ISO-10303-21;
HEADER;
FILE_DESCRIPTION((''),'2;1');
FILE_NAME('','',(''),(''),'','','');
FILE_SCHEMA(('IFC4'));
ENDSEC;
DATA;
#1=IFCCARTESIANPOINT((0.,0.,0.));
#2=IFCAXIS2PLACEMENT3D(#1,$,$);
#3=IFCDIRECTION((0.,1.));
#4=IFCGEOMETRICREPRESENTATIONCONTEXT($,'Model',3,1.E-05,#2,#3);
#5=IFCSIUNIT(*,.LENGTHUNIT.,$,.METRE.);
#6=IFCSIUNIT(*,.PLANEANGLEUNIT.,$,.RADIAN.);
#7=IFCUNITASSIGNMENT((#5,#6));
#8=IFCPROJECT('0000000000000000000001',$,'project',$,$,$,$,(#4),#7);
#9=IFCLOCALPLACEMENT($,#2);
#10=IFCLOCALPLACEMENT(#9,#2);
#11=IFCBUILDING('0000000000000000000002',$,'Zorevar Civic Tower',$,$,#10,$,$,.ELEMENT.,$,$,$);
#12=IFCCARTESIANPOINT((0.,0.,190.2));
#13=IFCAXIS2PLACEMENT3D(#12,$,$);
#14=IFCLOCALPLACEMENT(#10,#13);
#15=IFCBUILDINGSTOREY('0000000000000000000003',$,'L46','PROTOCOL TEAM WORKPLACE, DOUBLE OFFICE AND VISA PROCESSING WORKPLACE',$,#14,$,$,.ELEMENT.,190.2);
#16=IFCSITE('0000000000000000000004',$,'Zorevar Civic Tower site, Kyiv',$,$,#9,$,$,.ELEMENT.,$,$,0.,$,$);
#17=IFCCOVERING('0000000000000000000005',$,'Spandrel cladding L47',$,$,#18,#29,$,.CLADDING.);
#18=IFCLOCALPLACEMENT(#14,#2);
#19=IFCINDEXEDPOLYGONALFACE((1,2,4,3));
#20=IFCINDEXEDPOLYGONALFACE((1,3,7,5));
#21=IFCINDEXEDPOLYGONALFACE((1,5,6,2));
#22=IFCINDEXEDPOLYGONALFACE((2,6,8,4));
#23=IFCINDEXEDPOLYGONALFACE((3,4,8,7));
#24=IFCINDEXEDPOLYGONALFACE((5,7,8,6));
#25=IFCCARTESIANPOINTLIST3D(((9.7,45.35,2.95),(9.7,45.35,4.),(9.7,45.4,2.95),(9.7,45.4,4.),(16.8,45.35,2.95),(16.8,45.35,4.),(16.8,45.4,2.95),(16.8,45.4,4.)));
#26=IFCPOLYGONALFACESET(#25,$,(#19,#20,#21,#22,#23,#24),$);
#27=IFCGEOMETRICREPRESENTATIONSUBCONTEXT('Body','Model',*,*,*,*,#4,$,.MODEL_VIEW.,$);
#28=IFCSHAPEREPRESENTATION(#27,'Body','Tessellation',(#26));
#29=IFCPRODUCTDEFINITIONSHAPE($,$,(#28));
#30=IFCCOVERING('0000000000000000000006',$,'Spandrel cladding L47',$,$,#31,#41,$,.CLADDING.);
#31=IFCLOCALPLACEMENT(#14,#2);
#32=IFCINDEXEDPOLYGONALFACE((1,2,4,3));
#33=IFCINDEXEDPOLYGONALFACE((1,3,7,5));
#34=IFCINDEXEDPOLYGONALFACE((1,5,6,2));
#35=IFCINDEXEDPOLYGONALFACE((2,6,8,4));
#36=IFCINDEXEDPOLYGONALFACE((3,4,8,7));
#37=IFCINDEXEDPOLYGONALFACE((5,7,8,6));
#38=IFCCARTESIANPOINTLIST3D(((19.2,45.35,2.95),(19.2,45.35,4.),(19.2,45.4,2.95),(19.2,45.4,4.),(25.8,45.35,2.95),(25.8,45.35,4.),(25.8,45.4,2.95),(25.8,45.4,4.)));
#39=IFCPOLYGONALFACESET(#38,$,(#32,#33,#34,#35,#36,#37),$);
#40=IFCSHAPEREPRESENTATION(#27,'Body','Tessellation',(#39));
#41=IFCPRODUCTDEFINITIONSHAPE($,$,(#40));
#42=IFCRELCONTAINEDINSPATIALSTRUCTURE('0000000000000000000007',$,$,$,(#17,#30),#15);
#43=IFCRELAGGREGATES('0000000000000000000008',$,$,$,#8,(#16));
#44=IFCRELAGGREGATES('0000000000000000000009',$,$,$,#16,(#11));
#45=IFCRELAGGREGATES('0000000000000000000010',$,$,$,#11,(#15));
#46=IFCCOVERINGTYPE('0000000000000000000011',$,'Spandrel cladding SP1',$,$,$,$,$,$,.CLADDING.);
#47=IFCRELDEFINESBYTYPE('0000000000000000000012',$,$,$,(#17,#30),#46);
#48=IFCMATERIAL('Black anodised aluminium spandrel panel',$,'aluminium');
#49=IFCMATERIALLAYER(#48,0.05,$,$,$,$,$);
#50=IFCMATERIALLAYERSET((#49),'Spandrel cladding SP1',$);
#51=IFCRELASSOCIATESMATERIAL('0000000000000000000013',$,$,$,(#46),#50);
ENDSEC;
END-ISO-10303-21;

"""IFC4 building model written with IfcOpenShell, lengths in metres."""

from ifc_helpers import new_model, si_unit, direction, frame, frame_2d, origin, place, context, subcontext, project, spatial, rectangle, extrude, material, layer, layer_set, type_object, element, save


model = new_model("IFC4")

# Units and contexts
model_context = context("Model", 3, precision=1e-05, world=origin(), true_north=direction((0.0, 1.0)))
body_context = subcontext(model_context, "Body", "Model", "MODEL_VIEW")
ifc_project = project(units=[si_unit("LENGTHUNIT", "METRE"), si_unit("PLANEANGLEUNIT", "RADIAN")], contexts=[model_context])

# Site, building, storey
site_placement = place(None, origin())
site = spatial("IfcSite", under=ifc_project, at=site_placement, Name="Zorevar Civic Tower site, Kyiv", CompositionType="ELEMENT", RefElevation=0.0)
building_placement = place(site_placement, origin())
building = spatial("IfcBuilding", under=site, at=building_placement, Name="Zorevar Civic Tower", CompositionType="ELEMENT")
storey_placement = place(building_placement, frame((0.0, 0.0, 190.2)))
storey = spatial("IfcBuildingStorey", under=building, at=storey_placement, Name="L46", Description="PROTOCOL TEAM WORKPLACE, DOUBLE OFFICE AND VISA PROCESSING WORKPLACE", CompositionType="ELEMENT", Elevation=190.2)

# Coverings
ifc_material_1 = material(Name="Black anodised aluminium spandrel panel", Category="aluminium")
ifc_layer_1 = layer(ifc_material_1, 0.05)
ifc_layer_set_1 = layer_set([ifc_layer_1], Name="Spandrel cladding SP1")
covering_type = type_object("IfcCoveringType", Name="Spandrel cladding SP1", PredefinedType="CLADDING", material=ifc_layer_set_1)
covering_1_placement = place(storey_placement, frame((9.7, 45.375, 2.95), z_axis=(0.0, 0.0, 1.0), x_axis=(1.0, 0.0, 0.0)))
element("IfcCovering", 1, at=covering_1_placement, inside=storey, type_object=covering_type, Name="Spandrel cladding L47", PredefinedType="CLADDING", context=body_context, shape_type="SweptSolid", body=[
    extrude(rectangle(XDim=7.1001, YDim=0.05, at=frame_2d((3.55, 0.0))), origin(), (0.0, 0.0, 1.0), 1.05),
])
covering_2_placement = place(storey_placement, frame((19.2, 45.375, 2.95), z_axis=(0.0, 0.0, 1.0), x_axis=(1.0, 0.0, 0.0)))
element("IfcCovering", 2, at=covering_2_placement, inside=storey, type_object=covering_type, Name="Spandrel cladding L47", PredefinedType="CLADDING", context=body_context, shape_type="SweptSolid", body=[
    extrude(rectangle(XDim=6.6001, YDim=0.05, at=frame_2d((3.3, 0.0))), origin(), (0.0, 0.0, 1.0), 1.05),
])

save(model, "model.ifc")
